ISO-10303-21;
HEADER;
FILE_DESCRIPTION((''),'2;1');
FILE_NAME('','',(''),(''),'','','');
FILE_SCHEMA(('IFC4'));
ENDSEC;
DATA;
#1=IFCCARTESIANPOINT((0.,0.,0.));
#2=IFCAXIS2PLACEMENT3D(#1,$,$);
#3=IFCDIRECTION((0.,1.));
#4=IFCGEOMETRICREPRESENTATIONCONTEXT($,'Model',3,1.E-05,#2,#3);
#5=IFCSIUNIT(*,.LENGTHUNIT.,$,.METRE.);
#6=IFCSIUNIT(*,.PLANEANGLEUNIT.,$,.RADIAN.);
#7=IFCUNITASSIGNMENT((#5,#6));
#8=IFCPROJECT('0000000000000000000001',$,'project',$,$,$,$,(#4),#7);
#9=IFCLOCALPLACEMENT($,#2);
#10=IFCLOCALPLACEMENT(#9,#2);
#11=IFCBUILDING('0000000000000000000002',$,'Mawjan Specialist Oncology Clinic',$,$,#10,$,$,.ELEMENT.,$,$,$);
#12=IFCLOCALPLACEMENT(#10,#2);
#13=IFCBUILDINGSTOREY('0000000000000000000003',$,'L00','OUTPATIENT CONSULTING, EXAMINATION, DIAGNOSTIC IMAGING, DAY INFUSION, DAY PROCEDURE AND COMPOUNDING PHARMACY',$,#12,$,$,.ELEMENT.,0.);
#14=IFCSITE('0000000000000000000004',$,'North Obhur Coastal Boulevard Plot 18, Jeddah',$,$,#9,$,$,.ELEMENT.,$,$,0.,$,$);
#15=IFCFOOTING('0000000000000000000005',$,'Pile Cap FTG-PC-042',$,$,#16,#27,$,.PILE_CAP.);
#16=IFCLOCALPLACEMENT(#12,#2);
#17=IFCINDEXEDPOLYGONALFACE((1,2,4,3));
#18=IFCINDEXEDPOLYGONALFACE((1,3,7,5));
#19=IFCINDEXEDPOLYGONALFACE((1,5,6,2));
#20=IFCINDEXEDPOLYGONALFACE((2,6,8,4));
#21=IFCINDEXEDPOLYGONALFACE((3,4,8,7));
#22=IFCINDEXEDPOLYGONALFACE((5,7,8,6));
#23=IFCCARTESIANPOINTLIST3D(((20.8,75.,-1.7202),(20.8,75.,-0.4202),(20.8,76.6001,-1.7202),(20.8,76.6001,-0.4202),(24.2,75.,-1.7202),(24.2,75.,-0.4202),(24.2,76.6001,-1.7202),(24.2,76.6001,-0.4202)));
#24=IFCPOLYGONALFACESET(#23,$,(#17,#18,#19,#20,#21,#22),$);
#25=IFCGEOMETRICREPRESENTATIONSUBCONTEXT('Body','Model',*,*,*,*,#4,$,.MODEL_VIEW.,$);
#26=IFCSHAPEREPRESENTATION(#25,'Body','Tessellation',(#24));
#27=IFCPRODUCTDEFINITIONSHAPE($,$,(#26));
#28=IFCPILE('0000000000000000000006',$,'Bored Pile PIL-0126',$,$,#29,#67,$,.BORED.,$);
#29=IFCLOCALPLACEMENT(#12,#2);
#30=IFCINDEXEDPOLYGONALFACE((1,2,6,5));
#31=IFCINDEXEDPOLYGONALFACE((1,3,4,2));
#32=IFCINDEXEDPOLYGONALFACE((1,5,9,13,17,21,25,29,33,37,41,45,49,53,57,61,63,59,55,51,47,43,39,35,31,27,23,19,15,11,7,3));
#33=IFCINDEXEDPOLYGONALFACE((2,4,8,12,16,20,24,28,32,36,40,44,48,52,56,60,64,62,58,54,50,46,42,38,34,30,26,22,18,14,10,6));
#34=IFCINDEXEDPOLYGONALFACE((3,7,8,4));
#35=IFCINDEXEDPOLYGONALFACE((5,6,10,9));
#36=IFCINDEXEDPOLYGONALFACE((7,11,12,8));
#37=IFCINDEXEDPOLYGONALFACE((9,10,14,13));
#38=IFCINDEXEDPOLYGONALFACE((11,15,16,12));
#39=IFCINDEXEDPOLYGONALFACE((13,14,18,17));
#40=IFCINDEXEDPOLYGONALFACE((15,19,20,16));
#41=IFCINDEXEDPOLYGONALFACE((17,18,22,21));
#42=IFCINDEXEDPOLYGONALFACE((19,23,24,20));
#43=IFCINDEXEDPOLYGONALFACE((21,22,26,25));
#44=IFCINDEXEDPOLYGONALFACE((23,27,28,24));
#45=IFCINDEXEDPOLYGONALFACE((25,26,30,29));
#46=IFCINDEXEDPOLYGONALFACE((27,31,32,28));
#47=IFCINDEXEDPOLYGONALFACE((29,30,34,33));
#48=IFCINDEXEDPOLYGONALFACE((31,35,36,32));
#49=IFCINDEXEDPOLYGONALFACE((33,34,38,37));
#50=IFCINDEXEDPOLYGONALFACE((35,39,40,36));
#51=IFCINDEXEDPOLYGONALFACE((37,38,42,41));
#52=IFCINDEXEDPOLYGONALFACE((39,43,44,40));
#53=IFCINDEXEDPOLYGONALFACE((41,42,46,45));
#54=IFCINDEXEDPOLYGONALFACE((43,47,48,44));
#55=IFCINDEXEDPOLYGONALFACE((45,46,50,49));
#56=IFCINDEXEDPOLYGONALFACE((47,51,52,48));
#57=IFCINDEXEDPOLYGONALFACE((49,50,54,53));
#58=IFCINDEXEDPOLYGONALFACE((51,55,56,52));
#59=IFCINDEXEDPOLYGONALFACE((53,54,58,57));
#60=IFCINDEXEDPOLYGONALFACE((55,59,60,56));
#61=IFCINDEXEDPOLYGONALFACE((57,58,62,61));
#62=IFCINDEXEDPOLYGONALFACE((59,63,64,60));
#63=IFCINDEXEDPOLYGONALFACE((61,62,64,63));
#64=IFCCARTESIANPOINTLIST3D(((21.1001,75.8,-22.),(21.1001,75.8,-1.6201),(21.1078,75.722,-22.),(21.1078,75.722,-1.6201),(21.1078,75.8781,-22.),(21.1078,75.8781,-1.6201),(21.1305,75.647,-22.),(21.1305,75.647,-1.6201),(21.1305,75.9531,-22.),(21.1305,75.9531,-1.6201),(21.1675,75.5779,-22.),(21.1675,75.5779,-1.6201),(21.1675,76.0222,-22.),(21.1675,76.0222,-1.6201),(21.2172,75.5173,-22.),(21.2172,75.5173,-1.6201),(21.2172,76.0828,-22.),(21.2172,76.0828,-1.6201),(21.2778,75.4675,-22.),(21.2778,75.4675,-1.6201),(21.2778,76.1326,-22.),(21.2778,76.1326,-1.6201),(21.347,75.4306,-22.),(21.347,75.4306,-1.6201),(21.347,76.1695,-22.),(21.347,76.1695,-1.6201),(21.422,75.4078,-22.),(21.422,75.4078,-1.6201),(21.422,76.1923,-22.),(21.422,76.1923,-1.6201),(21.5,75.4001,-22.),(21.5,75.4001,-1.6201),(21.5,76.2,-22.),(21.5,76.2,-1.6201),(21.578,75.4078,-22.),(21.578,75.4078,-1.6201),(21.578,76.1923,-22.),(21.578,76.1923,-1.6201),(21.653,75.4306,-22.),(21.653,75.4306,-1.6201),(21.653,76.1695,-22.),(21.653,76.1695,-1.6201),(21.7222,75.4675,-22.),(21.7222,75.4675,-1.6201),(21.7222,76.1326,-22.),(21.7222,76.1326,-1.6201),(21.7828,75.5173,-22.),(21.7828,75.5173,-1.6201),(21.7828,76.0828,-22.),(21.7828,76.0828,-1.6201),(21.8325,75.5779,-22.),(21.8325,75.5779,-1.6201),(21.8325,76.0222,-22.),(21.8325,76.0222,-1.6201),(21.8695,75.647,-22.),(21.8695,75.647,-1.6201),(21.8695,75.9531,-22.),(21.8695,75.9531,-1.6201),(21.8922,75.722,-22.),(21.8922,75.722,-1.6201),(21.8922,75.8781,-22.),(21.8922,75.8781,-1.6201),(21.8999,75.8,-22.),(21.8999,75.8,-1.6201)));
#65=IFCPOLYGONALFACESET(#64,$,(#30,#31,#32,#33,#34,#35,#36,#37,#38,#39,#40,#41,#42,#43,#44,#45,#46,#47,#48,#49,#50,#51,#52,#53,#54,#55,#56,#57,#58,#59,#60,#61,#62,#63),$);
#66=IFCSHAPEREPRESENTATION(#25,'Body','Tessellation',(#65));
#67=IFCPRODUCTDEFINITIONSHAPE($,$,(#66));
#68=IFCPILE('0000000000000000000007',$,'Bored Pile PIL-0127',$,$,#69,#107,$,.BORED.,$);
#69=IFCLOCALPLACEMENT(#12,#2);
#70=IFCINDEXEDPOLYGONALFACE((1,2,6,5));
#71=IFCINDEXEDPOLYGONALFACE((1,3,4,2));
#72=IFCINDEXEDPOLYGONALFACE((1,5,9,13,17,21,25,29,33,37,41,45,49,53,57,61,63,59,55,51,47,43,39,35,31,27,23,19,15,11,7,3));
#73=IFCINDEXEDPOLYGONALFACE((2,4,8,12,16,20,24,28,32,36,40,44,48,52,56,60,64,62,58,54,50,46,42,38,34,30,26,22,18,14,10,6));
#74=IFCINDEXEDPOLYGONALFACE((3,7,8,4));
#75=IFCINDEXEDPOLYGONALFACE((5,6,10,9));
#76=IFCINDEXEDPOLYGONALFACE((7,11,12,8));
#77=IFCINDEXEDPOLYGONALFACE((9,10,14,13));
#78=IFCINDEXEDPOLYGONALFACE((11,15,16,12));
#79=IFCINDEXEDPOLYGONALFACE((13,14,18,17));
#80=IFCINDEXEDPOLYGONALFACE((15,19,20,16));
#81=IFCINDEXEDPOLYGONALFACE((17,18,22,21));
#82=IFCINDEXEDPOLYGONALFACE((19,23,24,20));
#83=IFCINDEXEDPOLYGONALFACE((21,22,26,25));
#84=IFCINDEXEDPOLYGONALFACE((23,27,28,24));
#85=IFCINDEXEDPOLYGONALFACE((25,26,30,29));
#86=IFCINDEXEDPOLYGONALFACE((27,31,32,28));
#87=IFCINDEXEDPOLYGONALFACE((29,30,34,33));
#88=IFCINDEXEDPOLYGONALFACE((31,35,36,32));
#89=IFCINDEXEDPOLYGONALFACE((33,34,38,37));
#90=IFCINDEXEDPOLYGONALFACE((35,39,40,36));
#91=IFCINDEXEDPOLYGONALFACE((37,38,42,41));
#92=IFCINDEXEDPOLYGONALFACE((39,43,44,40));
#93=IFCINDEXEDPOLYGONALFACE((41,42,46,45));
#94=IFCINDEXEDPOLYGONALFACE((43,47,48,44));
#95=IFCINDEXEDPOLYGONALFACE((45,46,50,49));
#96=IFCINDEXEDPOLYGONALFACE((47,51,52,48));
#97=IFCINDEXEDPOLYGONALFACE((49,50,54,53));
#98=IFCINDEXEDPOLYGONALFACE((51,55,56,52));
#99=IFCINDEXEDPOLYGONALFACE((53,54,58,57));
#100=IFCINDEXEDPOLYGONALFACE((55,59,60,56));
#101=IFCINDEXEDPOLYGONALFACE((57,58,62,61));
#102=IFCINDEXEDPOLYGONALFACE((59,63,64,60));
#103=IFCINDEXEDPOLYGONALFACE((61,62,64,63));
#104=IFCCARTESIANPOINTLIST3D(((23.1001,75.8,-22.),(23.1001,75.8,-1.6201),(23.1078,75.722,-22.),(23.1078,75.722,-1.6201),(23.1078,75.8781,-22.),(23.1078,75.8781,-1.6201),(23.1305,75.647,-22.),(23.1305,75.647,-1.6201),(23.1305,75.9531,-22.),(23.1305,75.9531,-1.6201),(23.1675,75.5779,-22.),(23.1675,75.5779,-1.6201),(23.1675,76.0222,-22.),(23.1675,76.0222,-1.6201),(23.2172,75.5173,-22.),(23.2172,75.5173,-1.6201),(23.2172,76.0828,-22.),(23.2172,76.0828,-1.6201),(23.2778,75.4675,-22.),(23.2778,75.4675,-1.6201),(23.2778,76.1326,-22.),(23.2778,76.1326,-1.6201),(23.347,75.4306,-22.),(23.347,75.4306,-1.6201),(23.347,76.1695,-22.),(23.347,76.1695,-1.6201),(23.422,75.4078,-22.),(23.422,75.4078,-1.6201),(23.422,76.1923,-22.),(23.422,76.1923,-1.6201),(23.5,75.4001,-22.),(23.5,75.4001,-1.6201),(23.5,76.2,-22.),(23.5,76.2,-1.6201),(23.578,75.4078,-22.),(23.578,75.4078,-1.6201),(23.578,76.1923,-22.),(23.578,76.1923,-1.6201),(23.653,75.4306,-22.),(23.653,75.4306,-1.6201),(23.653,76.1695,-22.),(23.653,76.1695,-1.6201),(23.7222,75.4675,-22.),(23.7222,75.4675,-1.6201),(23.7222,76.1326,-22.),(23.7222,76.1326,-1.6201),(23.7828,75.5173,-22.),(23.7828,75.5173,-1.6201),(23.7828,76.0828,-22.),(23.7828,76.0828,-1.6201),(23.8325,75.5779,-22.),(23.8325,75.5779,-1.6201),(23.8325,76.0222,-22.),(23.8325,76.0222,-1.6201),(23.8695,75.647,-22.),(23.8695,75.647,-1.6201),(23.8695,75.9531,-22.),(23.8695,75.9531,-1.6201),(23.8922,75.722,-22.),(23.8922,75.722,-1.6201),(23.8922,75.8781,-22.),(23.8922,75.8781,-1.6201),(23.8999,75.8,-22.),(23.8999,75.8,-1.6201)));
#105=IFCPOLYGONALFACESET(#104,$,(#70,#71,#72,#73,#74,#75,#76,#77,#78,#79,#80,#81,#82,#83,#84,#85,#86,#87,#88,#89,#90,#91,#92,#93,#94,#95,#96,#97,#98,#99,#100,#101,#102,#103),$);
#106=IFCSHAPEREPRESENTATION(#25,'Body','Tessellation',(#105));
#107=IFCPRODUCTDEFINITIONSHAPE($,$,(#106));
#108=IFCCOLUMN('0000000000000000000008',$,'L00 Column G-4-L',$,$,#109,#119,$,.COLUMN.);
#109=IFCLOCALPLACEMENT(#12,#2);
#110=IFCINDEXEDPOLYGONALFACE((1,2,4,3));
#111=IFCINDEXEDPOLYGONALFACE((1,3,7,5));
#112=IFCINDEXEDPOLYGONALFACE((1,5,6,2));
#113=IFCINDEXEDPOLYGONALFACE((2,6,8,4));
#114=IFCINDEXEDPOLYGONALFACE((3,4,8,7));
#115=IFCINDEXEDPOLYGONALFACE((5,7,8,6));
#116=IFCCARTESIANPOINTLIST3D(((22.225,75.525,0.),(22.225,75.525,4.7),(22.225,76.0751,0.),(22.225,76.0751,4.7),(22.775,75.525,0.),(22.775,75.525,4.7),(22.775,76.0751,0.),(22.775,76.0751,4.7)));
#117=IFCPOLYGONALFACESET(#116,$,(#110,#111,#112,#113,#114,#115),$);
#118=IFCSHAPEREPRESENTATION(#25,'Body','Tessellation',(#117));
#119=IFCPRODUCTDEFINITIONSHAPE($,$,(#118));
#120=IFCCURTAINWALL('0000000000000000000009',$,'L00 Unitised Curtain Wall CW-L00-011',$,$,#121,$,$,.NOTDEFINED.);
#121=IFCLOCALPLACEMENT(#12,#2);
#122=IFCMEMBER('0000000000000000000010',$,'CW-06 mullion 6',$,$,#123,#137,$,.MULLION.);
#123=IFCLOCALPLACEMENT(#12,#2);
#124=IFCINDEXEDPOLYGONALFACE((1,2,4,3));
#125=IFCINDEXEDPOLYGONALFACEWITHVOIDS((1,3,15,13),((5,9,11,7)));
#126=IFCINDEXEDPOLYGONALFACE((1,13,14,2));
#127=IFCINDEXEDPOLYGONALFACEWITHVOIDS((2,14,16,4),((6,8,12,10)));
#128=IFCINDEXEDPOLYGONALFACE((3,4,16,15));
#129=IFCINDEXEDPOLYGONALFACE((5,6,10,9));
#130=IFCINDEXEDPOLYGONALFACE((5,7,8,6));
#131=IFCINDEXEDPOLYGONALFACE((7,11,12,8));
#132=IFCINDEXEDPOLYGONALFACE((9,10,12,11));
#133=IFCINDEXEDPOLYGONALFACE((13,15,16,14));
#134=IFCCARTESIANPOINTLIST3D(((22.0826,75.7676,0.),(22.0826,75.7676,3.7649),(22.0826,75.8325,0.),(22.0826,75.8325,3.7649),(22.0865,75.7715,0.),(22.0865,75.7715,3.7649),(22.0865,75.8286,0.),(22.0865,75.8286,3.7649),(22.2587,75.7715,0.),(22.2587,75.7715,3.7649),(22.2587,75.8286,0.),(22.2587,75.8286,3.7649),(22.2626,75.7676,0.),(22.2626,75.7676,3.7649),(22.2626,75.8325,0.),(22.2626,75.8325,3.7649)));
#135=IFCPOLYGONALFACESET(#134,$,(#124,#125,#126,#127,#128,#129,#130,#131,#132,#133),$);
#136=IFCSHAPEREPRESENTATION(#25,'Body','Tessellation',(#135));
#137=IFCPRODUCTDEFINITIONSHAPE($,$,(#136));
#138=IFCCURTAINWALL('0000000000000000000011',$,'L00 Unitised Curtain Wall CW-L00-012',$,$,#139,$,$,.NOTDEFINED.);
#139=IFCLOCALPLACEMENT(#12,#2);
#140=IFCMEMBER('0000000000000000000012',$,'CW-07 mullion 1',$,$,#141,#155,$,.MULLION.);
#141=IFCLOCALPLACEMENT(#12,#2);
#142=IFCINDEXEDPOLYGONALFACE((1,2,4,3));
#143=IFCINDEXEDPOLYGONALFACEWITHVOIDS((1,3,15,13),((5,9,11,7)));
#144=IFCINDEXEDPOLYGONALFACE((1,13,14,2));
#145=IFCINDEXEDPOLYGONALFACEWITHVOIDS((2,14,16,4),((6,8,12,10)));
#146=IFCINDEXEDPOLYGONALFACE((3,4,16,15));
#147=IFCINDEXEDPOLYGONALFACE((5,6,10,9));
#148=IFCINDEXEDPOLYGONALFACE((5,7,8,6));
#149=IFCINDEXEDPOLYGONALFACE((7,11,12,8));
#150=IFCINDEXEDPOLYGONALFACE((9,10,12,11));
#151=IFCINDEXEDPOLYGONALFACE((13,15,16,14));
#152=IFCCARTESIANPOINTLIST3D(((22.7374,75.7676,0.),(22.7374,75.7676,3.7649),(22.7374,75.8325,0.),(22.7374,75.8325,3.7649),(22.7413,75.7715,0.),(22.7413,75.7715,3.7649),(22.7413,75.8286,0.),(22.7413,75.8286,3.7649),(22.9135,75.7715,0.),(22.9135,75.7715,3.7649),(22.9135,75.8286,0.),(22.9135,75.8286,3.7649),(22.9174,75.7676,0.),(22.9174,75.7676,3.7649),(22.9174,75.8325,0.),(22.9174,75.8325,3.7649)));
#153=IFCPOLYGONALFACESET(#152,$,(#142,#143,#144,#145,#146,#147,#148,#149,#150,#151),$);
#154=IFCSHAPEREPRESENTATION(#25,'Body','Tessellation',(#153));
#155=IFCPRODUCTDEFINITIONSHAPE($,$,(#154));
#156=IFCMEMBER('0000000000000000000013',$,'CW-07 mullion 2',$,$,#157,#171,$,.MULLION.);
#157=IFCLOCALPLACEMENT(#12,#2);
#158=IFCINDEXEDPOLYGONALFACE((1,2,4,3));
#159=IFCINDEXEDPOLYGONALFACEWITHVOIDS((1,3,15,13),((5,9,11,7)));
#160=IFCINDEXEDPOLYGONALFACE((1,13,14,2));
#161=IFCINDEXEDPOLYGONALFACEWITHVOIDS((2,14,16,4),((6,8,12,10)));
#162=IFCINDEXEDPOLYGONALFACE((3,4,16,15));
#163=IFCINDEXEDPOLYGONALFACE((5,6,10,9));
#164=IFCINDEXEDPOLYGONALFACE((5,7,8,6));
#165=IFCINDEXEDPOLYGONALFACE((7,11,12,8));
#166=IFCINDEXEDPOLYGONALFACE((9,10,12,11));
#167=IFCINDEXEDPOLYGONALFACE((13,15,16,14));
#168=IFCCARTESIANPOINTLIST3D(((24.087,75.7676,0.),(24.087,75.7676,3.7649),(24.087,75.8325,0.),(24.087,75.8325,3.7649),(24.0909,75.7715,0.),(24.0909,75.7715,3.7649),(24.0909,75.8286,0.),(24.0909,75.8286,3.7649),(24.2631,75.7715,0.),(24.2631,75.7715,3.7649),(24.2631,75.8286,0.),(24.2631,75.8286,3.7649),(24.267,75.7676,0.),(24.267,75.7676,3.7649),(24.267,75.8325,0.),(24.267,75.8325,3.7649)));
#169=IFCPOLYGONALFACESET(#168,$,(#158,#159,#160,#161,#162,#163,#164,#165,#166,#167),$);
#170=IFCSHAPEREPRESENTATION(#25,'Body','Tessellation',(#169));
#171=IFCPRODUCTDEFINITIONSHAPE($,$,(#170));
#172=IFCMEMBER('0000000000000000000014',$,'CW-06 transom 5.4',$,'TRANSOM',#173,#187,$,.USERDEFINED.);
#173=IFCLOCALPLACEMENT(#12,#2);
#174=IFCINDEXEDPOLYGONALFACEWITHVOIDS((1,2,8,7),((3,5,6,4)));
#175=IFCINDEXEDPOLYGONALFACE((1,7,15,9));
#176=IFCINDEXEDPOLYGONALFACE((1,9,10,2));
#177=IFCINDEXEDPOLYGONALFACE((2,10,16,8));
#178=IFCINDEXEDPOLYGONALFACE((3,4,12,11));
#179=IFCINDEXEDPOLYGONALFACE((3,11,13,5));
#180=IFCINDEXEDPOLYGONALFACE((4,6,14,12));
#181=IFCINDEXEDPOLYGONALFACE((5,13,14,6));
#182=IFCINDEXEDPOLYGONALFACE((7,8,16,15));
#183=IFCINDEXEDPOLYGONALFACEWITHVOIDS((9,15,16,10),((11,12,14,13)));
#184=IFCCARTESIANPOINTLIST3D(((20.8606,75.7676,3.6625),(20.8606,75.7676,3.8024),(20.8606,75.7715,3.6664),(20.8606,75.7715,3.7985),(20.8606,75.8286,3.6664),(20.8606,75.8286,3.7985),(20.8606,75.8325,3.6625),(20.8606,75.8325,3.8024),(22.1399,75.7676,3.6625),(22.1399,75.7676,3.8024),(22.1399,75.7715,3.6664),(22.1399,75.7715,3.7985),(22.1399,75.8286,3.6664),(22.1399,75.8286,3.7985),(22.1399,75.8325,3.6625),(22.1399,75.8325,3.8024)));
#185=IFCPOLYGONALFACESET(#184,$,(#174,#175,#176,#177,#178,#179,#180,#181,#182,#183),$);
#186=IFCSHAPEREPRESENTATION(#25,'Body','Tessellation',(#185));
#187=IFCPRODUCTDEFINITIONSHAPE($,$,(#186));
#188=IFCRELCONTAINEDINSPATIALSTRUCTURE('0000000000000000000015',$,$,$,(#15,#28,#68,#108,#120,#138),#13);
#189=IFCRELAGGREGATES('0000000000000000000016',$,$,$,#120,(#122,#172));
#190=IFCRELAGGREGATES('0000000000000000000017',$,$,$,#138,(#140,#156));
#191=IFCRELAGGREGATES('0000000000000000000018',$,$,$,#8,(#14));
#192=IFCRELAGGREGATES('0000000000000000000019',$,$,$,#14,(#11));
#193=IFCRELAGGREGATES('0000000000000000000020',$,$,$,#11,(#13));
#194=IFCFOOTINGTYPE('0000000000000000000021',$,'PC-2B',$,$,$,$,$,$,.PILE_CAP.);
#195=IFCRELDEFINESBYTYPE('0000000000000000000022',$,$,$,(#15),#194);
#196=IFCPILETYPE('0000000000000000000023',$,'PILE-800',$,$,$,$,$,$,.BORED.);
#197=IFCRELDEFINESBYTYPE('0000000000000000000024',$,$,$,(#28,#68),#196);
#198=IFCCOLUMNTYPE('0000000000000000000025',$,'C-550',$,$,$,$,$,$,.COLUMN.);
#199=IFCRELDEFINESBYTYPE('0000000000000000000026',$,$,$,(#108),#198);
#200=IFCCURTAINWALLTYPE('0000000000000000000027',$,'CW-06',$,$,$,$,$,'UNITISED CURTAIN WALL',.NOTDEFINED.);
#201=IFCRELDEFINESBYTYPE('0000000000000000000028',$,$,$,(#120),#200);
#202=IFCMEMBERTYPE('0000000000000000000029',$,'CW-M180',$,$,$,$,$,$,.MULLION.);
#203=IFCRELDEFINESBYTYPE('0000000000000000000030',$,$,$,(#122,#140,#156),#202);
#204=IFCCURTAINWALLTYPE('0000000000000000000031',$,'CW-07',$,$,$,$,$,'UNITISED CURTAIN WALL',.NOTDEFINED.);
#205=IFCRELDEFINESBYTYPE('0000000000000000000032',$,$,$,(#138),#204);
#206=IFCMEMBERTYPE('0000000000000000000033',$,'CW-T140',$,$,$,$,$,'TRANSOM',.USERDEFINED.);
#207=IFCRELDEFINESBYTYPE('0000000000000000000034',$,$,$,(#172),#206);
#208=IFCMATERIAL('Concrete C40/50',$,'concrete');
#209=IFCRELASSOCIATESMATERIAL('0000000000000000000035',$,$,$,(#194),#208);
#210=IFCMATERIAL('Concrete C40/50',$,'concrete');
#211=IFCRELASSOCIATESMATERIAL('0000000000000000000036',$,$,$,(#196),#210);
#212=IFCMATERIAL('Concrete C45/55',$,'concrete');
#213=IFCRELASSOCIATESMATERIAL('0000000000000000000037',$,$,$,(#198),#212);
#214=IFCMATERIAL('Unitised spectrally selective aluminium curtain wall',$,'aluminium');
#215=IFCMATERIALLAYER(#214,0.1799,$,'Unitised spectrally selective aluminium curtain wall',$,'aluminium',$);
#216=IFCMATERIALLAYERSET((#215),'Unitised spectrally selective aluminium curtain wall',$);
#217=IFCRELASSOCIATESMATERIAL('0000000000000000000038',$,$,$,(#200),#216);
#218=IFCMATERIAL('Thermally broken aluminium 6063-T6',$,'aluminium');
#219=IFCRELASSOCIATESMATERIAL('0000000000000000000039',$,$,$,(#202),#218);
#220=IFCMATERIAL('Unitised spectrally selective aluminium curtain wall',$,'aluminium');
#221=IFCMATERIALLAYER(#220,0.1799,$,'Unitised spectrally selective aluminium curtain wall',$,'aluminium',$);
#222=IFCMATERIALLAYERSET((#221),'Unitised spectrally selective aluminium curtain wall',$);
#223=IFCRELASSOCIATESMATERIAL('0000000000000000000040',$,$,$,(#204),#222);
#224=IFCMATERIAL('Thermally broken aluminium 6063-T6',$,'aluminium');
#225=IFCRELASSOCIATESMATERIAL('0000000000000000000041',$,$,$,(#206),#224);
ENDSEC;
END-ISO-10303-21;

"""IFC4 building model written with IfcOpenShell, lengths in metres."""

from ifc_helpers import new_model, si_unit, direction, frame, origin, origin_2d, place, context, subcontext, project, spatial, rectangle, hollow_rectangle, circle, extrude, material, layer, layer_set, material_profile, profile_set, type_object, element, aggregate, save


model = new_model("IFC4")

# Units and contexts
model_context = context("Model", 3, precision=1e-05, world=origin(), true_north=direction((0.0, 1.0)))
body_context = subcontext(model_context, "Body", "Model", "MODEL_VIEW")
ifc_project = project(units=[si_unit("LENGTHUNIT", "METRE"), si_unit("PLANEANGLEUNIT", "RADIAN")], contexts=[model_context])

# Site, building, storey
site_placement = place(None, origin())
site = spatial("IfcSite", under=ifc_project, at=site_placement, Name="North Obhur Coastal Boulevard Plot 18, Jeddah", CompositionType="ELEMENT", RefElevation=0.0)
building_placement = place(site_placement, origin())
building = spatial("IfcBuilding", under=site, at=building_placement, Name="Mawjan Specialist Oncology Clinic", CompositionType="ELEMENT")
storey_placement = place(building_placement, origin())
storey = spatial("IfcBuildingStorey", under=building, at=storey_placement, Name="L00", Description="OUTPATIENT CONSULTING, EXAMINATION, DIAGNOSTIC IMAGING, DAY INFUSION, DAY PROCEDURE AND COMPOUNDING PHARMACY", CompositionType="ELEMENT", Elevation=0.0)

# Footing
ifc_material_1 = material(Name="Concrete C40/50", Category="concrete")
footing_type = type_object("IfcFootingType", Name="PC-2B", PredefinedType="PILE_CAP", material=ifc_material_1)
footing_placement = place(storey_placement, frame((22.5, 75.8, -1.7202), z_axis=(0.0, 0.0, 1.0), x_axis=(1.0, 0.0, 0.0)))
element("IfcFooting", 1, at=footing_placement, inside=storey, type_object=footing_type, Name="Pile Cap FTG-PC-042", PredefinedType="PILE_CAP", context=body_context, shape_type="SweptSolid", body=[
    extrude(rectangle(XDim=3.3999, YDim=1.6001, at=origin_2d()), origin(), (0.0, 0.0, 1.0), 1.3),
])

# Piles
ifc_material_2 = material(Name="Concrete C40/50", Category="concrete")
ifc_material_profile_1 = material_profile(ifc_material_2, circle(Radius=0.3999, at=origin_2d()), Name="BORED PILE D800", Category="concrete")
ifc_profile_set_1 = profile_set([ifc_material_profile_1], Name="Concrete C40/50")
pile_type = type_object("IfcPileType", Name="PILE-800", PredefinedType="BORED", material=ifc_profile_set_1)
for number, where, z_axis, x_axis, name in (
    (2, (21.5, 75.8, -1.6201), (0.0, 0.0, -1.0), (1.0, 0.0, 0.0), "Bored Pile PIL-0126"),
    (3, (23.5, 75.8, -1.6201), (0.0, 0.0, -1.0), (1.0, 0.0, 0.0), "Bored Pile PIL-0127"),
):
    element("IfcPile", number, at=place(storey_placement, frame(where, z_axis=z_axis, x_axis=x_axis)), inside=storey, type_object=pile_type, Name=name, PredefinedType="BORED", context=body_context, shape_type="SweptSolid", body=[
        extrude(circle(Radius=0.3999, at=origin_2d()), origin(), (0.0, 0.0, 1.0), 20.3799),
    ])

# Column
ifc_material_3 = material(Name="Concrete C45/55", Category="concrete")
ifc_material_profile_2 = material_profile(ifc_material_3, rectangle(XDim=0.55, YDim=0.55, at=origin_2d()), Name="RC COL 550x550", Category="concrete")
ifc_profile_set_2 = profile_set([ifc_material_profile_2], Name="Concrete C45/55")
column_type = type_object("IfcColumnType", Name="C-550", PredefinedType="COLUMN", material=ifc_profile_set_2)
column_placement = place(storey_placement, frame((22.5, 75.8, 0.0), z_axis=(0.0, 0.0, 1.0), x_axis=(1.0, 0.0, 0.0)))
element("IfcColumn", 4, at=column_placement, inside=storey, type_object=column_type, Name="L00 Column G-4-L", PredefinedType="COLUMN", context=body_context, shape_type="SweptSolid", body=[
    extrude(rectangle(XDim=0.55, YDim=0.55, at=origin_2d()), origin(), (0.0, 0.0, 1.0), 4.7),
])

# Curtain wall, member
ifc_material_4 = material(Name="Unitised spectrally selective aluminium curtain wall", Category="aluminium")
ifc_layer_1 = layer(ifc_material_4, 0.1799, Name="Unitised spectrally selective aluminium curtain wall", Category="aluminium")
ifc_layer_set_1 = layer_set([ifc_layer_1], Name="Unitised spectrally selective aluminium curtain wall")
curtain_wall_type_1 = type_object("IfcCurtainWallType", Name="CW-06", ElementType="UNITISED CURTAIN WALL", PredefinedType="NOTDEFINED", material=ifc_layer_set_1)
curtain_wall_1_placement = place(storey_placement, origin())
curtain_wall_1 = element("IfcCurtainWall", 5, at=curtain_wall_1_placement, inside=storey, type_object=curtain_wall_type_1, Name="L00 Unitised Curtain Wall CW-L00-011", PredefinedType="NOTDEFINED")
ifc_material_5 = material(Name="Thermally broken aluminium 6063-T6", Category="aluminium")
ifc_material_profile_3 = material_profile(ifc_material_5, hollow_rectangle(XDim=0.0649, YDim=0.1799, WallThickness=0.0039, at=origin_2d()), Name="ALU MULLION 180x65x4", Category="aluminium")
ifc_profile_set_3 = profile_set([ifc_material_profile_3], Name="Thermally broken aluminium 6063-T6")
member_type_1 = type_object("IfcMemberType", Name="CW-M180", PredefinedType="MULLION", material=ifc_profile_set_3)
member_1_placement = place(storey_placement, frame((22.1726, 75.8, 0.0), z_axis=(0.0, 0.0, 1.0), x_axis=(0.0, 1.0, 0.0)))
member_1 = element("IfcMember", 6, at=member_1_placement, type_object=member_type_1, Name="CW-06 mullion 6", PredefinedType="MULLION", context=body_context, shape_type="SweptSolid", body=[
    extrude(hollow_rectangle(XDim=0.0649, YDim=0.1799, WallThickness=0.0039, at=origin_2d()), origin(), (0.0, 0.0, 1.0), 3.7649),
])

# Curtain wall, members
ifc_material_6 = material(Name="Unitised spectrally selective aluminium curtain wall", Category="aluminium")
ifc_layer_2 = layer(ifc_material_6, 0.1799, Name="Unitised spectrally selective aluminium curtain wall", Category="aluminium")
ifc_layer_set_2 = layer_set([ifc_layer_2], Name="Unitised spectrally selective aluminium curtain wall")
curtain_wall_type_2 = type_object("IfcCurtainWallType", Name="CW-07", ElementType="UNITISED CURTAIN WALL", PredefinedType="NOTDEFINED", material=ifc_layer_set_2)
curtain_wall_2_placement = place(storey_placement, origin())
curtain_wall_2 = element("IfcCurtainWall", 7, at=curtain_wall_2_placement, inside=storey, type_object=curtain_wall_type_2, Name="L00 Unitised Curtain Wall CW-L00-012", PredefinedType="NOTDEFINED")
member_2_placement = place(storey_placement, frame((22.8274, 75.8, 0.0), z_axis=(0.0, 0.0, 1.0), x_axis=(0.0, 1.0, 0.0)))
member_2 = element("IfcMember", 8, at=member_2_placement, type_object=member_type_1, Name="CW-07 mullion 1", PredefinedType="MULLION", context=body_context, shape_type="SweptSolid", body=[
    extrude(hollow_rectangle(XDim=0.0649, YDim=0.1799, WallThickness=0.0039, at=origin_2d()), origin(), (0.0, 0.0, 1.0), 3.7649),
])
member_3_placement = place(storey_placement, frame((24.177, 75.8, 0.0), z_axis=(0.0, 0.0, 1.0), x_axis=(0.0, 1.0, 0.0)))
member_3 = element("IfcMember", 9, at=member_3_placement, type_object=member_type_1, Name="CW-07 mullion 2", PredefinedType="MULLION", context=body_context, shape_type="SweptSolid", body=[
    extrude(hollow_rectangle(XDim=0.0649, YDim=0.1799, WallThickness=0.0039, at=origin_2d()), origin(), (0.0, 0.0, 1.0), 3.7649),
])

# Member
ifc_material_7 = material(Name="Thermally broken aluminium 6063-T6", Category="aluminium")
ifc_material_profile_4 = material_profile(ifc_material_7, hollow_rectangle(XDim=0.0649, YDim=0.1399, WallThickness=0.0039, at=origin_2d()), Name="ALU TRANSOM 140x65x4", Category="aluminium")
ifc_profile_set_4 = profile_set([ifc_material_profile_4], Name="Thermally broken aluminium 6063-T6")
member_type_2 = type_object("IfcMemberType", Name="CW-T140", ElementType="TRANSOM", PredefinedType="USERDEFINED", material=ifc_profile_set_4)
member_4_placement = place(storey_placement, frame((20.8606, 75.8, 3.7324), z_axis=(1.0, 0.0, 0.0), x_axis=(0.0, 1.0, 0.0)))
member_4 = element("IfcMember", 10, at=member_4_placement, type_object=member_type_2, Name="CW-06 transom 5.4", ObjectType="TRANSOM", PredefinedType="USERDEFINED", context=body_context, shape_type="SweptSolid", body=[
    extrude(hollow_rectangle(XDim=0.0649, YDim=0.1399, WallThickness=0.0039, at=origin_2d()), origin(), (0.0, 0.0, 1.0), 1.2793),
])

aggregate(curtain_wall_1, [member_1, member_4])
aggregate(curtain_wall_2, [member_2, member_3])

save(model, "model.ifc")
